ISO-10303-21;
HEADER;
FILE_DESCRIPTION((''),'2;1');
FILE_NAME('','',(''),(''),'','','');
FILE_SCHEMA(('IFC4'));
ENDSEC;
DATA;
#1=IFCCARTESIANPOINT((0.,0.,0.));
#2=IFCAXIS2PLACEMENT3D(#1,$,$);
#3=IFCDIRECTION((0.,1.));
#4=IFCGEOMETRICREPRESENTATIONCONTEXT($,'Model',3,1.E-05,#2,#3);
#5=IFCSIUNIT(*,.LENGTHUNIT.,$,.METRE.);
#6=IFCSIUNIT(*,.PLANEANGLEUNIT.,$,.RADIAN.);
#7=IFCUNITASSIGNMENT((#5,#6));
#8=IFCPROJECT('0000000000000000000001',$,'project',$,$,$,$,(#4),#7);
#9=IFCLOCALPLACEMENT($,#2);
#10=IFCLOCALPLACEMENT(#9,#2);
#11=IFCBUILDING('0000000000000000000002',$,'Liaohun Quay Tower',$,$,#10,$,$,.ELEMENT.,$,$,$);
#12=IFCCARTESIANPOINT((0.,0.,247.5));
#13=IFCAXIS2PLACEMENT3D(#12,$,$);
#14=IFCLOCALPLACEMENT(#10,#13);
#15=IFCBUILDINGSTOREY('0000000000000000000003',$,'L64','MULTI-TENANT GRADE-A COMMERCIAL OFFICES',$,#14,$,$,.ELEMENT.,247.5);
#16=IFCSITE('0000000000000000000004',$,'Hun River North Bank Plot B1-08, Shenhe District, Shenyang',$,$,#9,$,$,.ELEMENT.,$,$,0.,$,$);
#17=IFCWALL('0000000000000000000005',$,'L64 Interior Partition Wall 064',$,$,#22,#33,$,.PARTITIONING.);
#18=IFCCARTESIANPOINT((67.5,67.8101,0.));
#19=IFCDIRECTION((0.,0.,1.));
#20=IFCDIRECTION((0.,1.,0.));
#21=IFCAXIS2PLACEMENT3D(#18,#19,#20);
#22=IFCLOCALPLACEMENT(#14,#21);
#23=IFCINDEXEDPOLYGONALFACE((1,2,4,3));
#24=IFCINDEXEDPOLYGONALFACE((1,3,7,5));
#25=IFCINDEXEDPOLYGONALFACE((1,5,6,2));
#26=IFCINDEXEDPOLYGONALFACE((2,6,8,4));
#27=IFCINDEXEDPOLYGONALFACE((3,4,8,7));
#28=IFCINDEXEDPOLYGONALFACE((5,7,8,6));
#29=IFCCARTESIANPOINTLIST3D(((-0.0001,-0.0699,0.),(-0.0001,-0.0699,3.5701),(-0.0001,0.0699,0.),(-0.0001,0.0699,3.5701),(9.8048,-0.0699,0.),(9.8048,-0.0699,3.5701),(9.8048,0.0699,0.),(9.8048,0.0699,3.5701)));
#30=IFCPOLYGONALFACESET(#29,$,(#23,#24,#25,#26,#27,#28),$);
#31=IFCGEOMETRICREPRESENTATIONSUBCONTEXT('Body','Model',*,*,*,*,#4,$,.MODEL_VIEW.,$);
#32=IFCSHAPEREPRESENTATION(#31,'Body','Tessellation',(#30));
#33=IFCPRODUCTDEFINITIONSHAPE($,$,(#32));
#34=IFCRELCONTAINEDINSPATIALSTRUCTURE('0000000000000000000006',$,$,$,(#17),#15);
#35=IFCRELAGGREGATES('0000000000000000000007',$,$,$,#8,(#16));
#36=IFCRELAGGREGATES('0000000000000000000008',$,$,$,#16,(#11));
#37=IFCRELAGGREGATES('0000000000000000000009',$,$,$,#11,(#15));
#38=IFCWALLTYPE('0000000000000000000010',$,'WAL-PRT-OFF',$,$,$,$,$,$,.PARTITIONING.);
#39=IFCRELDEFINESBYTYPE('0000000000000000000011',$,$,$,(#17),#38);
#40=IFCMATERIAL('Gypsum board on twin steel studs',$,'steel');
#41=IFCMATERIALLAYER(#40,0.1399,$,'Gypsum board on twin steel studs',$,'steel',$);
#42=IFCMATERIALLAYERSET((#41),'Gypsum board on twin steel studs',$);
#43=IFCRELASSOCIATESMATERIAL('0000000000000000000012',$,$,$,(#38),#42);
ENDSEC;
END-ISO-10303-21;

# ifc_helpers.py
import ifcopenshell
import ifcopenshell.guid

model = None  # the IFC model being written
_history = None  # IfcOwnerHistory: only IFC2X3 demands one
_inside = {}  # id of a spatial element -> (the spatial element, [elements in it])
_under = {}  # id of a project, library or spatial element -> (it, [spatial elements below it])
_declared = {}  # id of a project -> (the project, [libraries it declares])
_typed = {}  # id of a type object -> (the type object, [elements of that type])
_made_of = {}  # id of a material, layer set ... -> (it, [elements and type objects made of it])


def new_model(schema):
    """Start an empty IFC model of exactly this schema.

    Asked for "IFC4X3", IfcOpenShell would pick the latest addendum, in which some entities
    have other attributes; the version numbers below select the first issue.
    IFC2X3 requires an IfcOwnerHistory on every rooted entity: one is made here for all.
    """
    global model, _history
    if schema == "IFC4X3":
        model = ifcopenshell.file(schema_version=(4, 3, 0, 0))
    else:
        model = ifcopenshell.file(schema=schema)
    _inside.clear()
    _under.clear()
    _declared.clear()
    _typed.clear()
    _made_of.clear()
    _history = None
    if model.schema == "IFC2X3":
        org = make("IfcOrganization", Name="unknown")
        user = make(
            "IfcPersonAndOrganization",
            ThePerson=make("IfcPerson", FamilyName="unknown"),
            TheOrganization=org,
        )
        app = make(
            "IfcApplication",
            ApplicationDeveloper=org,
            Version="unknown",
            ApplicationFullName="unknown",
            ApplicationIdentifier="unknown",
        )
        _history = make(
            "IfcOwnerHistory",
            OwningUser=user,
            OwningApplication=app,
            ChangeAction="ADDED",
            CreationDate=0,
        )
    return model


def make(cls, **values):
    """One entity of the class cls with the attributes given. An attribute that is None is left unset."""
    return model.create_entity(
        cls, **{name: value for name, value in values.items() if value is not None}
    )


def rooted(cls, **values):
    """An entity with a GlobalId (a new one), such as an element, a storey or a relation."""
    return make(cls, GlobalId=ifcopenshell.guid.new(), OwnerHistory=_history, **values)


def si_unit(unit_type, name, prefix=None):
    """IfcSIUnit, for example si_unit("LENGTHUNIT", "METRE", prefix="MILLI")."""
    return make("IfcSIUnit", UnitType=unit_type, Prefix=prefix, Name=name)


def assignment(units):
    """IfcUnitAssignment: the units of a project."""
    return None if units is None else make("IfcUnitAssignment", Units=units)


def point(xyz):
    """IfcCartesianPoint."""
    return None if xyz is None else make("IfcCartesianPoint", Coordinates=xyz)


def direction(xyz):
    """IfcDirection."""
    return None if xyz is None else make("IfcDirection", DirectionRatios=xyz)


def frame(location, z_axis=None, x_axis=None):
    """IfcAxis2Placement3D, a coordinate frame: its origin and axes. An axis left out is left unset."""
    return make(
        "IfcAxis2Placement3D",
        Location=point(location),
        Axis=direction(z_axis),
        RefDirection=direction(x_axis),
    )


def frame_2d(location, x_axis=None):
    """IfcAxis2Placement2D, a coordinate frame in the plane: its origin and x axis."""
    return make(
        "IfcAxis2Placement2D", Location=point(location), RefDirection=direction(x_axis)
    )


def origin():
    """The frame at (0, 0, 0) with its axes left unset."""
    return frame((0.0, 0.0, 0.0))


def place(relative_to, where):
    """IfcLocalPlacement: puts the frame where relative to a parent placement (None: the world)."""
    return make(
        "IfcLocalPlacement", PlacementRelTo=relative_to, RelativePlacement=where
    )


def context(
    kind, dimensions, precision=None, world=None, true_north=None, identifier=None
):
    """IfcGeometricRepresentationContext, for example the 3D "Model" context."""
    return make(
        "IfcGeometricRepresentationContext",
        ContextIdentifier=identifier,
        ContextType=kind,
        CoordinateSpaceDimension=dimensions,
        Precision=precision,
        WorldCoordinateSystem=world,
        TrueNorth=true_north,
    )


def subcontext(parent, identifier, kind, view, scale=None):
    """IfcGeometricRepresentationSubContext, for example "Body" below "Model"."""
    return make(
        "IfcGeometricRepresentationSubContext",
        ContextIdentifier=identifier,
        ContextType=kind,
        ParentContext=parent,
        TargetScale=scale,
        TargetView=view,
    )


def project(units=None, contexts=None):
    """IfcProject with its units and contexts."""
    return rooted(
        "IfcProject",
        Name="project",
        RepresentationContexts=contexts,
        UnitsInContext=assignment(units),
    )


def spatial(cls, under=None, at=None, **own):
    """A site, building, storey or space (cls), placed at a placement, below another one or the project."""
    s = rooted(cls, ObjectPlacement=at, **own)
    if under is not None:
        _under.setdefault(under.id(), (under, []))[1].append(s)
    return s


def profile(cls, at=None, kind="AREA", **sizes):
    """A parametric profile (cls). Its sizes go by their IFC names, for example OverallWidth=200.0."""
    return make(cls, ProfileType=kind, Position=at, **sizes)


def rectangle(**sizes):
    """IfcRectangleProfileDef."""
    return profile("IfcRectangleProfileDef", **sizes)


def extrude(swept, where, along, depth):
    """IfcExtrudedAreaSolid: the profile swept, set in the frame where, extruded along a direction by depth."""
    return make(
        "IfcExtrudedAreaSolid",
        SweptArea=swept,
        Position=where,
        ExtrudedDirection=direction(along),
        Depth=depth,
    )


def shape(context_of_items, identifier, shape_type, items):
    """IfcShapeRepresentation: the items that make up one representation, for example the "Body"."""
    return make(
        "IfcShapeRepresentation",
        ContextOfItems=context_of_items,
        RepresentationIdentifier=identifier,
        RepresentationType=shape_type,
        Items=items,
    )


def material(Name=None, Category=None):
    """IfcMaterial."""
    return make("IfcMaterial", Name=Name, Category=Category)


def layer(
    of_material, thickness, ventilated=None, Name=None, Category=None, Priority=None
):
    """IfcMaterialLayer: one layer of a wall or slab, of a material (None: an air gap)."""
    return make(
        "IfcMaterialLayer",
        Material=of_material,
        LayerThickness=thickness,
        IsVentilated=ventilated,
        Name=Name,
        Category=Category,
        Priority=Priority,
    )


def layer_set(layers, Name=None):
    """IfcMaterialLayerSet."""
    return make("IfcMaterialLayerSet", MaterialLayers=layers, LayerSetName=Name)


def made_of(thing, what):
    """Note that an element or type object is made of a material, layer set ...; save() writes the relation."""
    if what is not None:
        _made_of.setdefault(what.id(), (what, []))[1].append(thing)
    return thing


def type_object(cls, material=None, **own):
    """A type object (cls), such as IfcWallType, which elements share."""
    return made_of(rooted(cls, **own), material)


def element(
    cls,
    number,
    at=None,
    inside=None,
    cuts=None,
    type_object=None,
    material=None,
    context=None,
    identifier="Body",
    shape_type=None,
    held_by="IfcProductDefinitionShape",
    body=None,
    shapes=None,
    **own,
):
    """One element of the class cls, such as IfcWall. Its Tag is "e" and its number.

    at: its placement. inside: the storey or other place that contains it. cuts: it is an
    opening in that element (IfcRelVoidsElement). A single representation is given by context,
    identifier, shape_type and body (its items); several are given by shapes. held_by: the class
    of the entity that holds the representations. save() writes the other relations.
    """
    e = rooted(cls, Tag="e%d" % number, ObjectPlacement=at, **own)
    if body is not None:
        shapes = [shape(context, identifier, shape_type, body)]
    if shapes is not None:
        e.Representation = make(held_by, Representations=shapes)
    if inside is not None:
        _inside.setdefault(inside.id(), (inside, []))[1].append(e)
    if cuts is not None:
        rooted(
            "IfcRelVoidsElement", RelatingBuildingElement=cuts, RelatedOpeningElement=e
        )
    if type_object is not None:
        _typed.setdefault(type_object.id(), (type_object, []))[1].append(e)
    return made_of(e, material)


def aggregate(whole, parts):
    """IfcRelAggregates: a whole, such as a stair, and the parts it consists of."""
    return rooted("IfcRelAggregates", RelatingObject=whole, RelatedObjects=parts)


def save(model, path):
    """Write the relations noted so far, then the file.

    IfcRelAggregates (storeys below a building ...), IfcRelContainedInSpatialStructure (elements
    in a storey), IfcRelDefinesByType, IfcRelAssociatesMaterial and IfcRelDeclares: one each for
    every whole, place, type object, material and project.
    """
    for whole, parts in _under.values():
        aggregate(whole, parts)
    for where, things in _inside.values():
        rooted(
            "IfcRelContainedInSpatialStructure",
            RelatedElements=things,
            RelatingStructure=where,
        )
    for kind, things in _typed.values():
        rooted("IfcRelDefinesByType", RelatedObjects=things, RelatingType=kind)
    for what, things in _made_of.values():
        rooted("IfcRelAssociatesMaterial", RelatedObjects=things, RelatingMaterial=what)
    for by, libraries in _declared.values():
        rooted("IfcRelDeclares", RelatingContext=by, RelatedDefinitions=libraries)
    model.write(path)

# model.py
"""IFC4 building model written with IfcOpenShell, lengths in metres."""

from ifc_helpers import new_model, si_unit, direction, frame, frame_2d, origin, place, context, subcontext, project, spatial, rectangle, extrude, material, layer, layer_set, type_object, element, save


model = new_model("IFC4")

# Units and contexts
model_context = context("Model", 3, precision=1e-05, world=origin(), true_north=direction((0.0, 1.0)))
body_context = subcontext(model_context, "Body", "Model", "MODEL_VIEW")
ifc_project = project(units=[si_unit("LENGTHUNIT", "METRE"), si_unit("PLANEANGLEUNIT", "RADIAN")], contexts=[model_context])

# Site, building, storey
site_placement = place(None, origin())
site = spatial("IfcSite", under=ifc_project, at=site_placement, Name="Hun River North Bank Plot B1-08, Shenhe District, Shenyang", CompositionType="ELEMENT", RefElevation=0.0)
building_placement = place(site_placement, origin())
building = spatial("IfcBuilding", under=site, at=building_placement, Name="Liaohun Quay Tower", CompositionType="ELEMENT")
storey_placement = place(building_placement, frame((0.0, 0.0, 247.5)))
storey = spatial("IfcBuildingStorey", under=building, at=storey_placement, Name="L64", Description="MULTI-TENANT GRADE-A COMMERCIAL OFFICES", CompositionType="ELEMENT", Elevation=247.5)

# Wall
ifc_material_1 = material(Name="Gypsum board on twin steel studs", Category="steel")
ifc_layer_1 = layer(ifc_material_1, 0.1399, Name="Gypsum board on twin steel studs", Category="steel")
ifc_layer_set_1 = layer_set([ifc_layer_1], Name="Gypsum board on twin steel studs")
wall_type_1 = type_object("IfcWallType", Name="WAL-PRT-OFF", PredefinedType="PARTITIONING", material=ifc_layer_set_1)
wall_1_placement = place(storey_placement, frame((67.5, 67.8101, 0.0), z_axis=(0.0, 0.0, 1.0), x_axis=(0.0, 1.0, 0.0)))
element("IfcWall", 1, at=wall_1_placement, inside=storey, type_object=wall_type_1, Name="L64 Interior Partition Wall 064", PredefinedType="PARTITIONING", context=body_context, shape_type="SweptSolid", body=[
    extrude(rectangle(XDim=9.8049, YDim=0.1399, at=frame_2d((4.9023, 0.0))), origin(), (0.0, 0.0, 1.0), 3.5701),
])

save(model, "model.ifc")
